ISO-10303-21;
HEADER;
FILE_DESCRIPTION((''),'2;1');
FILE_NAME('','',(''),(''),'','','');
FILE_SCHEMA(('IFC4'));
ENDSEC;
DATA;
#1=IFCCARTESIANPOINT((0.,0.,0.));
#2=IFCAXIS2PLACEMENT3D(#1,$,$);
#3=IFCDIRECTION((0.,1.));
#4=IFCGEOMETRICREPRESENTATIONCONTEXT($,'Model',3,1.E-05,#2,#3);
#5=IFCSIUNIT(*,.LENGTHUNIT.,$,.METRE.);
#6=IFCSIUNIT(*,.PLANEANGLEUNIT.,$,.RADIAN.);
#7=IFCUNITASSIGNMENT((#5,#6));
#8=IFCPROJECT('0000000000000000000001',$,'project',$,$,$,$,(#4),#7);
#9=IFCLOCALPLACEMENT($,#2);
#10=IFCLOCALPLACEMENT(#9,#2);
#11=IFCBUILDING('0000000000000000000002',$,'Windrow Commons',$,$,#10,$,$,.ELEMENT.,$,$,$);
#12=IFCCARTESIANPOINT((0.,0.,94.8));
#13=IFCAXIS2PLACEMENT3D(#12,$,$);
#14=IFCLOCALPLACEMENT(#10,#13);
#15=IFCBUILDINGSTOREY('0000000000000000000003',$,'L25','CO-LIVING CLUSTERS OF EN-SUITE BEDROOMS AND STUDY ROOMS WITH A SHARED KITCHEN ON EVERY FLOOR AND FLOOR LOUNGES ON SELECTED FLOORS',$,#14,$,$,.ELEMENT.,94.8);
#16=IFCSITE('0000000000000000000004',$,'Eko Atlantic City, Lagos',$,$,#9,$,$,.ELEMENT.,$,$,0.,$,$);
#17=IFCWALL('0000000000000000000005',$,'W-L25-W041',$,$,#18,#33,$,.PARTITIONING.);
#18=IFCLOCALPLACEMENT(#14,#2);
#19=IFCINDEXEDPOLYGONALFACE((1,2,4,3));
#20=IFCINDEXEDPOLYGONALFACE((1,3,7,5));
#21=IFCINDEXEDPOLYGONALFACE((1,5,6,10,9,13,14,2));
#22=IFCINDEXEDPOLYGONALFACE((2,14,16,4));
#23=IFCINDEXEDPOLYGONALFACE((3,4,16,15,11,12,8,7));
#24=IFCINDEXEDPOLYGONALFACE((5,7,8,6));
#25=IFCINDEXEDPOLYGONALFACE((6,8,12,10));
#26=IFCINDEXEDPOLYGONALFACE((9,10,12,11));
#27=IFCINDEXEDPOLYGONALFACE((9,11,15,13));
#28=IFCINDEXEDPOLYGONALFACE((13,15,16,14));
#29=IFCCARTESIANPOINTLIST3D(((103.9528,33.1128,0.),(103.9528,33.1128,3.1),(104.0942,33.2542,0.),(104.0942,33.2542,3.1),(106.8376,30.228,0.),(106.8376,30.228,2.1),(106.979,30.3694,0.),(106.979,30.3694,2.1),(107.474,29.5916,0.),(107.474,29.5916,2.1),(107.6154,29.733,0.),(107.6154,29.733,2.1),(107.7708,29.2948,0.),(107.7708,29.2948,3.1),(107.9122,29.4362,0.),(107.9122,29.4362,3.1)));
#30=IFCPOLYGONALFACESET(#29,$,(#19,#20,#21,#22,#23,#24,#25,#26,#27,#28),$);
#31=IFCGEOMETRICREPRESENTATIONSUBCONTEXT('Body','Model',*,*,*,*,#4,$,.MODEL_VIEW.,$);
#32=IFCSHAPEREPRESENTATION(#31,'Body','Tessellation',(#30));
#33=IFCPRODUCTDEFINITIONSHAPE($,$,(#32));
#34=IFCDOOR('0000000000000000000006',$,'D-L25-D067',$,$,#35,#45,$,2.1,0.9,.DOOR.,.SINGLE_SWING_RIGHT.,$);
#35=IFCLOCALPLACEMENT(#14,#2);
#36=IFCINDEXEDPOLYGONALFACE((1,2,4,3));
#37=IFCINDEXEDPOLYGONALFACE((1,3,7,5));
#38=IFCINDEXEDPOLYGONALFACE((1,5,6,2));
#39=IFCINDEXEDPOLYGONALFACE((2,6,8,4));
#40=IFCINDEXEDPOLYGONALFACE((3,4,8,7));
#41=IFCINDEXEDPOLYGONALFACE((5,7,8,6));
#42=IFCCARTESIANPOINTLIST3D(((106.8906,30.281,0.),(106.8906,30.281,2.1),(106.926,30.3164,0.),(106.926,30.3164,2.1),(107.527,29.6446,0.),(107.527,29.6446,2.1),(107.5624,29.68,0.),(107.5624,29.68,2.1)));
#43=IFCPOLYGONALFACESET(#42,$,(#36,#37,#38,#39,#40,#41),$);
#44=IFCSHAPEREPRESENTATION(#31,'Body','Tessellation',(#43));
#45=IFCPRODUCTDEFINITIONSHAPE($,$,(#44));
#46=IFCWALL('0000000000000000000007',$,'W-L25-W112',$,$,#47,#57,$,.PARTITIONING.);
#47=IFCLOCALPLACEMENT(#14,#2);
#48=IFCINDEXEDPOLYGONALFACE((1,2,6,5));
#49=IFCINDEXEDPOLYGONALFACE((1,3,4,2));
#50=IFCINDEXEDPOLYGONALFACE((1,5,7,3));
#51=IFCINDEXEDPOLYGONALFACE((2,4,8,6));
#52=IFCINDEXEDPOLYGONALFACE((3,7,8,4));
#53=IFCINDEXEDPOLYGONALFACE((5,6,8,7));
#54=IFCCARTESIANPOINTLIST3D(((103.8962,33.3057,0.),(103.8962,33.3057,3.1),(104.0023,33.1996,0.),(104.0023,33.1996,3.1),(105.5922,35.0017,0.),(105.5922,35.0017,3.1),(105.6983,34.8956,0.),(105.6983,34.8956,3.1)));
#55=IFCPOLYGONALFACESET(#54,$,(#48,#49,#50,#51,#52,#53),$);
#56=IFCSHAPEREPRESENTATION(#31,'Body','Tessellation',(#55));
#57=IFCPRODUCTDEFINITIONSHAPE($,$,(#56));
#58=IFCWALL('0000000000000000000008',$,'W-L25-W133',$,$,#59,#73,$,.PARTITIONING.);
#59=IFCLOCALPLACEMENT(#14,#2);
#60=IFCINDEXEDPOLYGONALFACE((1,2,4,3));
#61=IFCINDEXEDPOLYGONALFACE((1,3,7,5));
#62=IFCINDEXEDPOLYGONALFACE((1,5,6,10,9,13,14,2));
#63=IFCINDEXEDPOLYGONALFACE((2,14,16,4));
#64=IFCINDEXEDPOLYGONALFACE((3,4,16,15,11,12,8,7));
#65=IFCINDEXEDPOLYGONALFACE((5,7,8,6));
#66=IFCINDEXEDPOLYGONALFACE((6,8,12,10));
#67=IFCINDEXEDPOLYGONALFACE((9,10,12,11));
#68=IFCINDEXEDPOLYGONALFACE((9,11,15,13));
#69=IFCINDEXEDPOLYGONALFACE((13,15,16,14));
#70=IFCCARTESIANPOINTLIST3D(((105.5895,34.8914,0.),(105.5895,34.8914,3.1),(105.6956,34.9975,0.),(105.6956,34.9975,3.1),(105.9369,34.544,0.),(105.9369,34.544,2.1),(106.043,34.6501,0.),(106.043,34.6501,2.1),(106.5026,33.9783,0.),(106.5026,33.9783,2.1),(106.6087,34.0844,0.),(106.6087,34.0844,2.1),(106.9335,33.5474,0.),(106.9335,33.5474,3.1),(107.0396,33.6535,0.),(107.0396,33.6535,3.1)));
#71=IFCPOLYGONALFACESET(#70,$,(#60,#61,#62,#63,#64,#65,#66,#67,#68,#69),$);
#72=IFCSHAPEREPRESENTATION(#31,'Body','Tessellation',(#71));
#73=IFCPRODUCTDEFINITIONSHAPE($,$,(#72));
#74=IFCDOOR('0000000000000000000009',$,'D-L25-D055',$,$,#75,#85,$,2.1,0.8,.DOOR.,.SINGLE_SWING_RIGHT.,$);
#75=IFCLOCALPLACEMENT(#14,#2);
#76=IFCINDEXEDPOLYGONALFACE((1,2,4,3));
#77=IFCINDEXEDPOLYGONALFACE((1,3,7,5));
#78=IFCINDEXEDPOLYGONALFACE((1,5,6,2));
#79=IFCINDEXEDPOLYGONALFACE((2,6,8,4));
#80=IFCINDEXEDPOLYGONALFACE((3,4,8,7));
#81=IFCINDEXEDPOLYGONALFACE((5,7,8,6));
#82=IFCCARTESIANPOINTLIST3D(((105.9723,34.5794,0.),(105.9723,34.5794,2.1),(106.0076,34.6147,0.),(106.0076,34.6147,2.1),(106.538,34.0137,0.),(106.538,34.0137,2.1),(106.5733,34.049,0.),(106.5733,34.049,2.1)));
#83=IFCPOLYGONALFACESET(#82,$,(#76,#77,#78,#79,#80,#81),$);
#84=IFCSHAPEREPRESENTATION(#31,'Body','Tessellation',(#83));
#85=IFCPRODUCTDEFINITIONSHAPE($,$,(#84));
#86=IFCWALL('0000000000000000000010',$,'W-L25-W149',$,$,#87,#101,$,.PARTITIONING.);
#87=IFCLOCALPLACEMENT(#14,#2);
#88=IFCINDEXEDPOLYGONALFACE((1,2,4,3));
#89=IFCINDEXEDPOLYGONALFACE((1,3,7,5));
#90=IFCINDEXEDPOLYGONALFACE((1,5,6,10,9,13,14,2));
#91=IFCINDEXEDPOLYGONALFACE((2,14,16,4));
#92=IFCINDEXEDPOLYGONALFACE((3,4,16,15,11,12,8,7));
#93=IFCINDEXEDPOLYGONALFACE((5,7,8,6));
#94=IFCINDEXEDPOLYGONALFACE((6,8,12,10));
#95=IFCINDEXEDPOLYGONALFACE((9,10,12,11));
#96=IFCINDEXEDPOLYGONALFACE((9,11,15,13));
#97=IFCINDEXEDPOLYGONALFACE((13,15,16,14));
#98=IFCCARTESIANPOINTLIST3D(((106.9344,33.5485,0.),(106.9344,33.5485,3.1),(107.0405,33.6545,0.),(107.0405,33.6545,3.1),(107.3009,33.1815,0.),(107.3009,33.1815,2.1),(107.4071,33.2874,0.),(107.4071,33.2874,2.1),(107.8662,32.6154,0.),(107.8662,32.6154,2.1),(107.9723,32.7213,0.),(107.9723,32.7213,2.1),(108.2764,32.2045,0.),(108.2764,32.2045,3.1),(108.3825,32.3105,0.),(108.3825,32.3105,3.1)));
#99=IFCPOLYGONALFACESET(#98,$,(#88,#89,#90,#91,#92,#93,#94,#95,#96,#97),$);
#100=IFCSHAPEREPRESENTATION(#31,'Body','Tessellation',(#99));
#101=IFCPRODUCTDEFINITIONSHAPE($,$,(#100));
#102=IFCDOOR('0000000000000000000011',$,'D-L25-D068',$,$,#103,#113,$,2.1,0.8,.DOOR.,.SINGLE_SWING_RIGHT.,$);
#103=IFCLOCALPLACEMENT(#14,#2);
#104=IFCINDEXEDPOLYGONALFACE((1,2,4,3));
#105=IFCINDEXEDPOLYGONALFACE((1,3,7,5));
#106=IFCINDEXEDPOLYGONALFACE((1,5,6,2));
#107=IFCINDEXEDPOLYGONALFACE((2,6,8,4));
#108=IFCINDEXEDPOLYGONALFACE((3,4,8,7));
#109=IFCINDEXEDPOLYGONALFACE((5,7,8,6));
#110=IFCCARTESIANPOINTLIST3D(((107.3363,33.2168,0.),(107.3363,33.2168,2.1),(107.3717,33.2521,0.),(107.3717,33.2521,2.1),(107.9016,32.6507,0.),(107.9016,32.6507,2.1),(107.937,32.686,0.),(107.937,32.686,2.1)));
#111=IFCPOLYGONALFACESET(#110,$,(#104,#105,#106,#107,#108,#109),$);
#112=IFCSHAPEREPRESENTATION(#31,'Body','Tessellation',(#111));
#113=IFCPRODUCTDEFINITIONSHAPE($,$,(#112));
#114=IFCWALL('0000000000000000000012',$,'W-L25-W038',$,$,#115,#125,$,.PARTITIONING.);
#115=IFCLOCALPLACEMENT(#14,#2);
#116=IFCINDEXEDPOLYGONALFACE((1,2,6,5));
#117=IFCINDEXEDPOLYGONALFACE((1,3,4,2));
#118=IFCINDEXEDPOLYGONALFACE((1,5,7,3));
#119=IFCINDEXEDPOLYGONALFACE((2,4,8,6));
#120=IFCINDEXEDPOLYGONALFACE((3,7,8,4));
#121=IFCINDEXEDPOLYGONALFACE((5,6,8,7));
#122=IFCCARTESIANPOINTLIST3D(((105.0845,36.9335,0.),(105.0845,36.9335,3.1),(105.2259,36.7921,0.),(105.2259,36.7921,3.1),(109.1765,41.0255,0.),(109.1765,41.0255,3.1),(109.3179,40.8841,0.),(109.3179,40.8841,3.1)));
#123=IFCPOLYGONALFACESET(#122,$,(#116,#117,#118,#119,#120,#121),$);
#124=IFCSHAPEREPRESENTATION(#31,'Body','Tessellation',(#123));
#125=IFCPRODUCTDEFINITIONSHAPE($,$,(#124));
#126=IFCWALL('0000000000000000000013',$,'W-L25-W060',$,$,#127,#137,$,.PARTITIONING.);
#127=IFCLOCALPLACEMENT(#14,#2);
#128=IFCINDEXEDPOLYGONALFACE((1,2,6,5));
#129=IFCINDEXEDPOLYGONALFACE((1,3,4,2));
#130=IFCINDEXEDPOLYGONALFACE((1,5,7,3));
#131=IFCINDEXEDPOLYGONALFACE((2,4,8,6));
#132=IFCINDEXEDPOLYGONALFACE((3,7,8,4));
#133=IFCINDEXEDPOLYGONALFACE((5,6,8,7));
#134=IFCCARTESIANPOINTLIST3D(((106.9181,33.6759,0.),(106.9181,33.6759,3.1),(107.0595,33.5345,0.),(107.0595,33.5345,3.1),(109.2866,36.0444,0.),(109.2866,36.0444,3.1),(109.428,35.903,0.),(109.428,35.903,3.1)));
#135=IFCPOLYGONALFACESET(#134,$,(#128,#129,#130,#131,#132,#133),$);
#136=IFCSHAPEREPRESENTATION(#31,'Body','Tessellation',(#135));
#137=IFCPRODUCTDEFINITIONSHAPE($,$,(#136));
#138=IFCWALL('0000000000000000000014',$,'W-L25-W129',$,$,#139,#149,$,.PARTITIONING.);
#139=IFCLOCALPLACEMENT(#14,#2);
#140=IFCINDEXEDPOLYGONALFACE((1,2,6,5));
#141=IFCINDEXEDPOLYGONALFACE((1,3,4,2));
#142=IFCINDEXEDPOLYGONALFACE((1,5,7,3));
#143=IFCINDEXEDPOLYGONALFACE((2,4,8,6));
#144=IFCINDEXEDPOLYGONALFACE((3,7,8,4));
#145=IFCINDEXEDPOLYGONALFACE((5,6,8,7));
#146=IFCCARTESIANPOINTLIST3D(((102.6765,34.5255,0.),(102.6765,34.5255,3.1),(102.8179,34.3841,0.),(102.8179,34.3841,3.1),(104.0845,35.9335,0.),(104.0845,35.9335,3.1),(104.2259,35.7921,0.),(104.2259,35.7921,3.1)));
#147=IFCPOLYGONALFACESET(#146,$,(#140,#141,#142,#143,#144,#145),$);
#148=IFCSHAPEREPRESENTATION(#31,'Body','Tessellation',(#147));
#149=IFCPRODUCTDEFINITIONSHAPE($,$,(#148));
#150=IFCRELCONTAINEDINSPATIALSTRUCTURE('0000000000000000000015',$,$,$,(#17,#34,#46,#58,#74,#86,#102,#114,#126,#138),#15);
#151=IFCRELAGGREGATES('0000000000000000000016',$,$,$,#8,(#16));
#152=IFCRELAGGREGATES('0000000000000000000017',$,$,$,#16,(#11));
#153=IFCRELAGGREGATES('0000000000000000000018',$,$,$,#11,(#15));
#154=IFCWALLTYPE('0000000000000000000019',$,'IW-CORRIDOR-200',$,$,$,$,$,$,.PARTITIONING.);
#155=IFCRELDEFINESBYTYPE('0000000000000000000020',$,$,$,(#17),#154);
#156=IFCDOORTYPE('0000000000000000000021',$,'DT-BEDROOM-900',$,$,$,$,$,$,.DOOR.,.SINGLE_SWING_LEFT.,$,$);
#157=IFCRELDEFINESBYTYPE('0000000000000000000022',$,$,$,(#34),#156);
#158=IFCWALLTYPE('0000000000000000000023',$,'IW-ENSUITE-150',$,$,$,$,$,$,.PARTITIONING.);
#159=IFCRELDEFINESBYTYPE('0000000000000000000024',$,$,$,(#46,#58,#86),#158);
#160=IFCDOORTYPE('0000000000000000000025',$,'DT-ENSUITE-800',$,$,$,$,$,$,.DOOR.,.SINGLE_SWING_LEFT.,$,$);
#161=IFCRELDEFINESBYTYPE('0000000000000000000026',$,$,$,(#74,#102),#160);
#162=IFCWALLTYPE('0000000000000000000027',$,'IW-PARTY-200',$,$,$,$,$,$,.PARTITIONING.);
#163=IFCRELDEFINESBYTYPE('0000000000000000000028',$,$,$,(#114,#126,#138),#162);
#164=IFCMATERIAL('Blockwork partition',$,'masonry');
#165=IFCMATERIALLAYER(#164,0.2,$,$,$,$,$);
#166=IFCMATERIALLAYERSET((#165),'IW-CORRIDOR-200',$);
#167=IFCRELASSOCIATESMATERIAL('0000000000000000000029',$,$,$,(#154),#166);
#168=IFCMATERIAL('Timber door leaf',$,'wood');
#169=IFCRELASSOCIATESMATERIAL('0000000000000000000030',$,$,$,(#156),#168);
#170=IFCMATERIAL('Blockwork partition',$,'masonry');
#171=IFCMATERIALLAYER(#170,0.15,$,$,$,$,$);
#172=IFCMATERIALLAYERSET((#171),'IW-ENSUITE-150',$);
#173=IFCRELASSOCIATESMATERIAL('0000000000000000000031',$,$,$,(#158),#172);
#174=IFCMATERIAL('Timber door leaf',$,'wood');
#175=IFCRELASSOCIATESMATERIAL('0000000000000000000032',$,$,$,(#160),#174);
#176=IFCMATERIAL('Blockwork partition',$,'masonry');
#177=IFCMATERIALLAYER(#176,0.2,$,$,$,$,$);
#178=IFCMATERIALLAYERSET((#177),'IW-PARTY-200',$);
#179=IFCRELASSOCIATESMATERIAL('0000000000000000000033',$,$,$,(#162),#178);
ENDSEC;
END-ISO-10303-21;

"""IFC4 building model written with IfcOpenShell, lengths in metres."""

from ifc_helpers import new_model, si_unit, direction, frame, frame_2d, origin, place, context, subcontext, project, spatial, rectangle, extrude, material, layer, layer_set, type_object, element, fill, save


model = new_model("IFC4")

# Units and contexts
model_context = context("Model", 3, precision=1e-05, world=origin(), true_north=direction((0.0, 1.0)))
body_context = subcontext(model_context, "Body", "Model", "MODEL_VIEW")
ifc_project = project(units=[si_unit("LENGTHUNIT", "METRE"), si_unit("PLANEANGLEUNIT", "RADIAN")], contexts=[model_context])

# Site, building, storey
site_placement = place(None, origin())
site = spatial("IfcSite", under=ifc_project, at=site_placement, Name="Eko Atlantic City, Lagos", CompositionType="ELEMENT", RefElevation=0.0)
building_placement = place(site_placement, origin())
building = spatial("IfcBuilding", under=site, at=building_placement, Name="Windrow Commons", CompositionType="ELEMENT")
storey_placement = place(building_placement, frame((0.0, 0.0, 94.8)))
storey = spatial("IfcBuildingStorey", under=building, at=storey_placement, Name="L25", Description="CO-LIVING CLUSTERS OF EN-SUITE BEDROOMS AND STUDY ROOMS WITH A SHARED KITCHEN ON EVERY FLOOR AND FLOOR LOUNGES ON SELECTED FLOORS", CompositionType="ELEMENT", Elevation=94.8)

# Wall, opening, door
ifc_material_1 = material(Name="Blockwork partition", Category="masonry")
ifc_layer_1 = layer(ifc_material_1, 0.2)
ifc_layer_set_1 = layer_set([ifc_layer_1], Name="IW-CORRIDOR-200")
wall_type_1 = type_object("IfcWallType", Name="IW-CORRIDOR-200", PredefinedType="PARTITIONING", material=ifc_layer_set_1)
wall_1_placement = place(storey_placement, frame((104.0235, 33.1835, 0.0), z_axis=(0.0, 0.0, 1.0), x_axis=(0.707107, -0.707107, 0.0)))
wall_1 = element("IfcWall", 1, at=wall_1_placement, inside=storey, type_object=wall_type_1, Name="W-L25-W041", PredefinedType="PARTITIONING", context=body_context, shape_type="SweptSolid", body=[
    extrude(rectangle(XDim=5.3995, YDim=0.2, at=frame_2d((2.6997, 0.0))), origin(), (0.0, 0.0, 1.0), 3.1),
])
opening_1_placement = place(wall_1_placement, frame((4.0797, 0.0, 0.0)))
opening_1 = element("IfcOpeningElement", 2, at=opening_1_placement, cuts=wall_1, PredefinedType="OPENING", context=body_context, shape_type="SweptSolid", body=[
    extrude(rectangle(XDim=0.9, YDim=2.1, at=frame_2d((0.45, 1.05))), frame((0.0, 0.11, 0.0), z_axis=(0.0, -1.0, 0.0), x_axis=(1.0, 0.0, 0.0)), (0.0, 0.0, 1.0), 0.22),
])
ifc_material_2 = material(Name="Timber door leaf", Category="wood")
door_type_1 = type_object("IfcDoorType", Name="DT-BEDROOM-900", OperationType="SINGLE_SWING_LEFT", PredefinedType="DOOR", material=ifc_material_2)
door_1_placement = place(opening_1_placement, origin())
door_1 = element("IfcDoor", 3, at=door_1_placement, inside=storey, type_object=door_type_1, Name="D-L25-D067", OperationType="SINGLE_SWING_RIGHT", OverallHeight=2.1, OverallWidth=0.9, PredefinedType="DOOR", context=body_context, shape_type="SweptSolid", body=[
    extrude(rectangle(XDim=0.9, YDim=2.1, at=frame_2d((0.45, 1.05))), frame((0.0, 0.025, 0.0), z_axis=(0.0, -1.0, 0.0), x_axis=(1.0, 0.0, 0.0)), (0.0, 0.0, 1.0), 0.05),
])
fill(opening_1, door_1)

# Wall
ifc_material_3 = material(Name="Blockwork partition", Category="masonry")
ifc_layer_2 = layer(ifc_material_3, 0.15)
ifc_layer_set_2 = layer_set([ifc_layer_2], Name="IW-ENSUITE-150")
wall_type_2 = type_object("IfcWallType", Name="IW-ENSUITE-150", PredefinedType="PARTITIONING", material=ifc_layer_set_2)
wall_2_placement = place(storey_placement, frame((103.9493, 33.2527, 0.0), z_axis=(0.0, 0.0, 1.0), x_axis=(0.707107, 0.707107, 0.0)))
element("IfcWall", 4, at=wall_2_placement, inside=storey, type_object=wall_type_2, Name="W-L25-W112", PredefinedType="PARTITIONING", context=body_context, shape_type="SweptSolid", body=[
    extrude(rectangle(XDim=2.3985, YDim=0.15, at=frame_2d((1.1992, 0.0))), origin(), (0.0, 0.0, 1.0), 3.1),
])

# Walls, openings, doors
wall_3_placement = place(storey_placement, frame((105.6425, 34.9445, 0.0), z_axis=(0.0, 0.0, 1.0), x_axis=(0.707107, -0.707107, 0.0)))
wall_3 = element("IfcWall", 5, at=wall_3_placement, inside=storey, type_object=wall_type_2, Name="W-L25-W133", PredefinedType="PARTITIONING", context=body_context, shape_type="SweptSolid", body=[
    extrude(rectangle(XDim=1.9007, YDim=0.15, at=frame_2d((0.9504, 0.0))), origin(), (0.0, 0.0, 1.0), 3.1),
])
opening_2_placement = place(wall_3_placement, frame((0.4914, 0.0, 0.0)))
opening_2 = element("IfcOpeningElement", 6, at=opening_2_placement, cuts=wall_3, PredefinedType="OPENING", context=body_context, shape_type="SweptSolid", body=[
    extrude(rectangle(XDim=0.8, YDim=2.1, at=frame_2d((0.4, 1.05))), frame((0.0, 0.085, 0.0), z_axis=(0.0, -1.0, 0.0), x_axis=(1.0, 0.0, 0.0)), (0.0, 0.0, 1.0), 0.17),
])
ifc_material_4 = material(Name="Timber door leaf", Category="wood")
door_type_2 = type_object("IfcDoorType", Name="DT-ENSUITE-800", OperationType="SINGLE_SWING_LEFT", PredefinedType="DOOR", material=ifc_material_4)
door_2_placement = place(opening_2_placement, origin())
door_2 = element("IfcDoor", 7, at=door_2_placement, inside=storey, type_object=door_type_2, Name="D-L25-D055", OperationType="SINGLE_SWING_RIGHT", OverallHeight=2.1, OverallWidth=0.8, PredefinedType="DOOR", context=body_context, shape_type="SweptSolid", body=[
    extrude(rectangle(XDim=0.8, YDim=2.1, at=frame_2d((0.4, 1.05))), frame((0.0, 0.025, 0.0), z_axis=(0.0, -1.0, 0.0), x_axis=(1.0, 0.0, 0.0)), (0.0, 0.0, 1.0), 0.05),
])
fill(opening_2, door_2)
wall_4_placement = place(storey_placement, frame((106.9875, 33.6015, 0.0), z_axis=(0.0, 0.0, 1.0), x_axis=(0.70658, -0.707633, 0.0)))
wall_4 = element("IfcWall", 8, at=wall_4_placement, inside=storey, type_object=wall_type_2, Name="W-L25-W149", PredefinedType="PARTITIONING", context=body_context, shape_type="SweptSolid", body=[
    extrude(rectangle(XDim=1.8993, YDim=0.15, at=frame_2d((0.9496, 0.0))), origin(), (0.0, 0.0, 1.0), 3.1),
])
opening_3_placement = place(wall_4_placement, frame((0.5187, 0.0, 0.0)))
opening_3 = element("IfcOpeningElement", 9, at=opening_3_placement, cuts=wall_4, PredefinedType="OPENING", context=body_context, shape_type="SweptSolid", body=[
    extrude(rectangle(XDim=0.8, YDim=2.1, at=frame_2d((0.4, 1.05))), frame((0.0, 0.085, 0.0), z_axis=(0.0, -1.0, 0.0), x_axis=(1.0, 0.0, 0.0)), (0.0, 0.0, 1.0), 0.17),
])
door_3_placement = place(opening_3_placement, origin())
door_3 = element("IfcDoor", 10, at=door_3_placement, inside=storey, type_object=door_type_2, Name="D-L25-D068", OperationType="SINGLE_SWING_RIGHT", OverallHeight=2.1, OverallWidth=0.8, PredefinedType="DOOR", context=body_context, shape_type="SweptSolid", body=[
    extrude(rectangle(XDim=0.8, YDim=2.1, at=frame_2d((0.4, 1.05))), frame((0.0, 0.025, 0.0), z_axis=(0.0, -1.0, 0.0), x_axis=(1.0, 0.0, 0.0)), (0.0, 0.0, 1.0), 0.05),
])
fill(opening_3, door_3)

# Walls
ifc_material_5 = material(Name="Blockwork partition", Category="masonry")
ifc_layer_3 = layer(ifc_material_5, 0.2)
ifc_layer_set_3 = layer_set([ifc_layer_3], Name="IW-PARTY-200")
wall_type_3 = type_object("IfcWallType", Name="IW-PARTY-200", PredefinedType="PARTITIONING", material=ifc_layer_set_3)
wall_5_placement = place(storey_placement, frame((105.1552, 36.8628, 0.0), z_axis=(0.0, 0.0, 1.0), x_axis=(0.707107, 0.707107, 0.0)))
element("IfcWall", 11, at=wall_5_placement, inside=storey, type_object=wall_type_3, Name="W-L25-W038", PredefinedType="PARTITIONING", context=body_context, shape_type="SweptSolid", body=[
    extrude(rectangle(XDim=5.787, YDim=0.2, at=frame_2d((2.8935, 0.0))), origin(), (0.0, 0.0, 1.0), 3.1),
])
wall_6_placement = place(storey_placement, frame((106.9888, 33.6052, 0.0), z_axis=(0.0, 0.0, 1.0), x_axis=(0.707107, 0.707107, 0.0)))
element("IfcWall", 12, at=wall_6_placement, inside=storey, type_object=wall_type_3, Name="W-L25-W060", PredefinedType="PARTITIONING", context=body_context, shape_type="SweptSolid", body=[
    extrude(rectangle(XDim=3.3496, YDim=0.2, at=frame_2d((1.6748, 0.0))), origin(), (0.0, 0.0, 1.0), 3.1),
])
wall_7_placement = place(storey_placement, frame((102.7472, 34.4548, 0.0), z_axis=(0.0, 0.0, 1.0), x_axis=(0.707107, 0.707107, 0.0)))
element("IfcWall", 13, at=wall_7_placement, inside=storey, type_object=wall_type_3, Name="W-L25-W129", PredefinedType="PARTITIONING", context=body_context, shape_type="SweptSolid", body=[
    extrude(rectangle(XDim=1.9912, YDim=0.2, at=frame_2d((0.9956, 0.0))), origin(), (0.0, 0.0, 1.0), 3.1),
])

save(model, "model.ifc")
